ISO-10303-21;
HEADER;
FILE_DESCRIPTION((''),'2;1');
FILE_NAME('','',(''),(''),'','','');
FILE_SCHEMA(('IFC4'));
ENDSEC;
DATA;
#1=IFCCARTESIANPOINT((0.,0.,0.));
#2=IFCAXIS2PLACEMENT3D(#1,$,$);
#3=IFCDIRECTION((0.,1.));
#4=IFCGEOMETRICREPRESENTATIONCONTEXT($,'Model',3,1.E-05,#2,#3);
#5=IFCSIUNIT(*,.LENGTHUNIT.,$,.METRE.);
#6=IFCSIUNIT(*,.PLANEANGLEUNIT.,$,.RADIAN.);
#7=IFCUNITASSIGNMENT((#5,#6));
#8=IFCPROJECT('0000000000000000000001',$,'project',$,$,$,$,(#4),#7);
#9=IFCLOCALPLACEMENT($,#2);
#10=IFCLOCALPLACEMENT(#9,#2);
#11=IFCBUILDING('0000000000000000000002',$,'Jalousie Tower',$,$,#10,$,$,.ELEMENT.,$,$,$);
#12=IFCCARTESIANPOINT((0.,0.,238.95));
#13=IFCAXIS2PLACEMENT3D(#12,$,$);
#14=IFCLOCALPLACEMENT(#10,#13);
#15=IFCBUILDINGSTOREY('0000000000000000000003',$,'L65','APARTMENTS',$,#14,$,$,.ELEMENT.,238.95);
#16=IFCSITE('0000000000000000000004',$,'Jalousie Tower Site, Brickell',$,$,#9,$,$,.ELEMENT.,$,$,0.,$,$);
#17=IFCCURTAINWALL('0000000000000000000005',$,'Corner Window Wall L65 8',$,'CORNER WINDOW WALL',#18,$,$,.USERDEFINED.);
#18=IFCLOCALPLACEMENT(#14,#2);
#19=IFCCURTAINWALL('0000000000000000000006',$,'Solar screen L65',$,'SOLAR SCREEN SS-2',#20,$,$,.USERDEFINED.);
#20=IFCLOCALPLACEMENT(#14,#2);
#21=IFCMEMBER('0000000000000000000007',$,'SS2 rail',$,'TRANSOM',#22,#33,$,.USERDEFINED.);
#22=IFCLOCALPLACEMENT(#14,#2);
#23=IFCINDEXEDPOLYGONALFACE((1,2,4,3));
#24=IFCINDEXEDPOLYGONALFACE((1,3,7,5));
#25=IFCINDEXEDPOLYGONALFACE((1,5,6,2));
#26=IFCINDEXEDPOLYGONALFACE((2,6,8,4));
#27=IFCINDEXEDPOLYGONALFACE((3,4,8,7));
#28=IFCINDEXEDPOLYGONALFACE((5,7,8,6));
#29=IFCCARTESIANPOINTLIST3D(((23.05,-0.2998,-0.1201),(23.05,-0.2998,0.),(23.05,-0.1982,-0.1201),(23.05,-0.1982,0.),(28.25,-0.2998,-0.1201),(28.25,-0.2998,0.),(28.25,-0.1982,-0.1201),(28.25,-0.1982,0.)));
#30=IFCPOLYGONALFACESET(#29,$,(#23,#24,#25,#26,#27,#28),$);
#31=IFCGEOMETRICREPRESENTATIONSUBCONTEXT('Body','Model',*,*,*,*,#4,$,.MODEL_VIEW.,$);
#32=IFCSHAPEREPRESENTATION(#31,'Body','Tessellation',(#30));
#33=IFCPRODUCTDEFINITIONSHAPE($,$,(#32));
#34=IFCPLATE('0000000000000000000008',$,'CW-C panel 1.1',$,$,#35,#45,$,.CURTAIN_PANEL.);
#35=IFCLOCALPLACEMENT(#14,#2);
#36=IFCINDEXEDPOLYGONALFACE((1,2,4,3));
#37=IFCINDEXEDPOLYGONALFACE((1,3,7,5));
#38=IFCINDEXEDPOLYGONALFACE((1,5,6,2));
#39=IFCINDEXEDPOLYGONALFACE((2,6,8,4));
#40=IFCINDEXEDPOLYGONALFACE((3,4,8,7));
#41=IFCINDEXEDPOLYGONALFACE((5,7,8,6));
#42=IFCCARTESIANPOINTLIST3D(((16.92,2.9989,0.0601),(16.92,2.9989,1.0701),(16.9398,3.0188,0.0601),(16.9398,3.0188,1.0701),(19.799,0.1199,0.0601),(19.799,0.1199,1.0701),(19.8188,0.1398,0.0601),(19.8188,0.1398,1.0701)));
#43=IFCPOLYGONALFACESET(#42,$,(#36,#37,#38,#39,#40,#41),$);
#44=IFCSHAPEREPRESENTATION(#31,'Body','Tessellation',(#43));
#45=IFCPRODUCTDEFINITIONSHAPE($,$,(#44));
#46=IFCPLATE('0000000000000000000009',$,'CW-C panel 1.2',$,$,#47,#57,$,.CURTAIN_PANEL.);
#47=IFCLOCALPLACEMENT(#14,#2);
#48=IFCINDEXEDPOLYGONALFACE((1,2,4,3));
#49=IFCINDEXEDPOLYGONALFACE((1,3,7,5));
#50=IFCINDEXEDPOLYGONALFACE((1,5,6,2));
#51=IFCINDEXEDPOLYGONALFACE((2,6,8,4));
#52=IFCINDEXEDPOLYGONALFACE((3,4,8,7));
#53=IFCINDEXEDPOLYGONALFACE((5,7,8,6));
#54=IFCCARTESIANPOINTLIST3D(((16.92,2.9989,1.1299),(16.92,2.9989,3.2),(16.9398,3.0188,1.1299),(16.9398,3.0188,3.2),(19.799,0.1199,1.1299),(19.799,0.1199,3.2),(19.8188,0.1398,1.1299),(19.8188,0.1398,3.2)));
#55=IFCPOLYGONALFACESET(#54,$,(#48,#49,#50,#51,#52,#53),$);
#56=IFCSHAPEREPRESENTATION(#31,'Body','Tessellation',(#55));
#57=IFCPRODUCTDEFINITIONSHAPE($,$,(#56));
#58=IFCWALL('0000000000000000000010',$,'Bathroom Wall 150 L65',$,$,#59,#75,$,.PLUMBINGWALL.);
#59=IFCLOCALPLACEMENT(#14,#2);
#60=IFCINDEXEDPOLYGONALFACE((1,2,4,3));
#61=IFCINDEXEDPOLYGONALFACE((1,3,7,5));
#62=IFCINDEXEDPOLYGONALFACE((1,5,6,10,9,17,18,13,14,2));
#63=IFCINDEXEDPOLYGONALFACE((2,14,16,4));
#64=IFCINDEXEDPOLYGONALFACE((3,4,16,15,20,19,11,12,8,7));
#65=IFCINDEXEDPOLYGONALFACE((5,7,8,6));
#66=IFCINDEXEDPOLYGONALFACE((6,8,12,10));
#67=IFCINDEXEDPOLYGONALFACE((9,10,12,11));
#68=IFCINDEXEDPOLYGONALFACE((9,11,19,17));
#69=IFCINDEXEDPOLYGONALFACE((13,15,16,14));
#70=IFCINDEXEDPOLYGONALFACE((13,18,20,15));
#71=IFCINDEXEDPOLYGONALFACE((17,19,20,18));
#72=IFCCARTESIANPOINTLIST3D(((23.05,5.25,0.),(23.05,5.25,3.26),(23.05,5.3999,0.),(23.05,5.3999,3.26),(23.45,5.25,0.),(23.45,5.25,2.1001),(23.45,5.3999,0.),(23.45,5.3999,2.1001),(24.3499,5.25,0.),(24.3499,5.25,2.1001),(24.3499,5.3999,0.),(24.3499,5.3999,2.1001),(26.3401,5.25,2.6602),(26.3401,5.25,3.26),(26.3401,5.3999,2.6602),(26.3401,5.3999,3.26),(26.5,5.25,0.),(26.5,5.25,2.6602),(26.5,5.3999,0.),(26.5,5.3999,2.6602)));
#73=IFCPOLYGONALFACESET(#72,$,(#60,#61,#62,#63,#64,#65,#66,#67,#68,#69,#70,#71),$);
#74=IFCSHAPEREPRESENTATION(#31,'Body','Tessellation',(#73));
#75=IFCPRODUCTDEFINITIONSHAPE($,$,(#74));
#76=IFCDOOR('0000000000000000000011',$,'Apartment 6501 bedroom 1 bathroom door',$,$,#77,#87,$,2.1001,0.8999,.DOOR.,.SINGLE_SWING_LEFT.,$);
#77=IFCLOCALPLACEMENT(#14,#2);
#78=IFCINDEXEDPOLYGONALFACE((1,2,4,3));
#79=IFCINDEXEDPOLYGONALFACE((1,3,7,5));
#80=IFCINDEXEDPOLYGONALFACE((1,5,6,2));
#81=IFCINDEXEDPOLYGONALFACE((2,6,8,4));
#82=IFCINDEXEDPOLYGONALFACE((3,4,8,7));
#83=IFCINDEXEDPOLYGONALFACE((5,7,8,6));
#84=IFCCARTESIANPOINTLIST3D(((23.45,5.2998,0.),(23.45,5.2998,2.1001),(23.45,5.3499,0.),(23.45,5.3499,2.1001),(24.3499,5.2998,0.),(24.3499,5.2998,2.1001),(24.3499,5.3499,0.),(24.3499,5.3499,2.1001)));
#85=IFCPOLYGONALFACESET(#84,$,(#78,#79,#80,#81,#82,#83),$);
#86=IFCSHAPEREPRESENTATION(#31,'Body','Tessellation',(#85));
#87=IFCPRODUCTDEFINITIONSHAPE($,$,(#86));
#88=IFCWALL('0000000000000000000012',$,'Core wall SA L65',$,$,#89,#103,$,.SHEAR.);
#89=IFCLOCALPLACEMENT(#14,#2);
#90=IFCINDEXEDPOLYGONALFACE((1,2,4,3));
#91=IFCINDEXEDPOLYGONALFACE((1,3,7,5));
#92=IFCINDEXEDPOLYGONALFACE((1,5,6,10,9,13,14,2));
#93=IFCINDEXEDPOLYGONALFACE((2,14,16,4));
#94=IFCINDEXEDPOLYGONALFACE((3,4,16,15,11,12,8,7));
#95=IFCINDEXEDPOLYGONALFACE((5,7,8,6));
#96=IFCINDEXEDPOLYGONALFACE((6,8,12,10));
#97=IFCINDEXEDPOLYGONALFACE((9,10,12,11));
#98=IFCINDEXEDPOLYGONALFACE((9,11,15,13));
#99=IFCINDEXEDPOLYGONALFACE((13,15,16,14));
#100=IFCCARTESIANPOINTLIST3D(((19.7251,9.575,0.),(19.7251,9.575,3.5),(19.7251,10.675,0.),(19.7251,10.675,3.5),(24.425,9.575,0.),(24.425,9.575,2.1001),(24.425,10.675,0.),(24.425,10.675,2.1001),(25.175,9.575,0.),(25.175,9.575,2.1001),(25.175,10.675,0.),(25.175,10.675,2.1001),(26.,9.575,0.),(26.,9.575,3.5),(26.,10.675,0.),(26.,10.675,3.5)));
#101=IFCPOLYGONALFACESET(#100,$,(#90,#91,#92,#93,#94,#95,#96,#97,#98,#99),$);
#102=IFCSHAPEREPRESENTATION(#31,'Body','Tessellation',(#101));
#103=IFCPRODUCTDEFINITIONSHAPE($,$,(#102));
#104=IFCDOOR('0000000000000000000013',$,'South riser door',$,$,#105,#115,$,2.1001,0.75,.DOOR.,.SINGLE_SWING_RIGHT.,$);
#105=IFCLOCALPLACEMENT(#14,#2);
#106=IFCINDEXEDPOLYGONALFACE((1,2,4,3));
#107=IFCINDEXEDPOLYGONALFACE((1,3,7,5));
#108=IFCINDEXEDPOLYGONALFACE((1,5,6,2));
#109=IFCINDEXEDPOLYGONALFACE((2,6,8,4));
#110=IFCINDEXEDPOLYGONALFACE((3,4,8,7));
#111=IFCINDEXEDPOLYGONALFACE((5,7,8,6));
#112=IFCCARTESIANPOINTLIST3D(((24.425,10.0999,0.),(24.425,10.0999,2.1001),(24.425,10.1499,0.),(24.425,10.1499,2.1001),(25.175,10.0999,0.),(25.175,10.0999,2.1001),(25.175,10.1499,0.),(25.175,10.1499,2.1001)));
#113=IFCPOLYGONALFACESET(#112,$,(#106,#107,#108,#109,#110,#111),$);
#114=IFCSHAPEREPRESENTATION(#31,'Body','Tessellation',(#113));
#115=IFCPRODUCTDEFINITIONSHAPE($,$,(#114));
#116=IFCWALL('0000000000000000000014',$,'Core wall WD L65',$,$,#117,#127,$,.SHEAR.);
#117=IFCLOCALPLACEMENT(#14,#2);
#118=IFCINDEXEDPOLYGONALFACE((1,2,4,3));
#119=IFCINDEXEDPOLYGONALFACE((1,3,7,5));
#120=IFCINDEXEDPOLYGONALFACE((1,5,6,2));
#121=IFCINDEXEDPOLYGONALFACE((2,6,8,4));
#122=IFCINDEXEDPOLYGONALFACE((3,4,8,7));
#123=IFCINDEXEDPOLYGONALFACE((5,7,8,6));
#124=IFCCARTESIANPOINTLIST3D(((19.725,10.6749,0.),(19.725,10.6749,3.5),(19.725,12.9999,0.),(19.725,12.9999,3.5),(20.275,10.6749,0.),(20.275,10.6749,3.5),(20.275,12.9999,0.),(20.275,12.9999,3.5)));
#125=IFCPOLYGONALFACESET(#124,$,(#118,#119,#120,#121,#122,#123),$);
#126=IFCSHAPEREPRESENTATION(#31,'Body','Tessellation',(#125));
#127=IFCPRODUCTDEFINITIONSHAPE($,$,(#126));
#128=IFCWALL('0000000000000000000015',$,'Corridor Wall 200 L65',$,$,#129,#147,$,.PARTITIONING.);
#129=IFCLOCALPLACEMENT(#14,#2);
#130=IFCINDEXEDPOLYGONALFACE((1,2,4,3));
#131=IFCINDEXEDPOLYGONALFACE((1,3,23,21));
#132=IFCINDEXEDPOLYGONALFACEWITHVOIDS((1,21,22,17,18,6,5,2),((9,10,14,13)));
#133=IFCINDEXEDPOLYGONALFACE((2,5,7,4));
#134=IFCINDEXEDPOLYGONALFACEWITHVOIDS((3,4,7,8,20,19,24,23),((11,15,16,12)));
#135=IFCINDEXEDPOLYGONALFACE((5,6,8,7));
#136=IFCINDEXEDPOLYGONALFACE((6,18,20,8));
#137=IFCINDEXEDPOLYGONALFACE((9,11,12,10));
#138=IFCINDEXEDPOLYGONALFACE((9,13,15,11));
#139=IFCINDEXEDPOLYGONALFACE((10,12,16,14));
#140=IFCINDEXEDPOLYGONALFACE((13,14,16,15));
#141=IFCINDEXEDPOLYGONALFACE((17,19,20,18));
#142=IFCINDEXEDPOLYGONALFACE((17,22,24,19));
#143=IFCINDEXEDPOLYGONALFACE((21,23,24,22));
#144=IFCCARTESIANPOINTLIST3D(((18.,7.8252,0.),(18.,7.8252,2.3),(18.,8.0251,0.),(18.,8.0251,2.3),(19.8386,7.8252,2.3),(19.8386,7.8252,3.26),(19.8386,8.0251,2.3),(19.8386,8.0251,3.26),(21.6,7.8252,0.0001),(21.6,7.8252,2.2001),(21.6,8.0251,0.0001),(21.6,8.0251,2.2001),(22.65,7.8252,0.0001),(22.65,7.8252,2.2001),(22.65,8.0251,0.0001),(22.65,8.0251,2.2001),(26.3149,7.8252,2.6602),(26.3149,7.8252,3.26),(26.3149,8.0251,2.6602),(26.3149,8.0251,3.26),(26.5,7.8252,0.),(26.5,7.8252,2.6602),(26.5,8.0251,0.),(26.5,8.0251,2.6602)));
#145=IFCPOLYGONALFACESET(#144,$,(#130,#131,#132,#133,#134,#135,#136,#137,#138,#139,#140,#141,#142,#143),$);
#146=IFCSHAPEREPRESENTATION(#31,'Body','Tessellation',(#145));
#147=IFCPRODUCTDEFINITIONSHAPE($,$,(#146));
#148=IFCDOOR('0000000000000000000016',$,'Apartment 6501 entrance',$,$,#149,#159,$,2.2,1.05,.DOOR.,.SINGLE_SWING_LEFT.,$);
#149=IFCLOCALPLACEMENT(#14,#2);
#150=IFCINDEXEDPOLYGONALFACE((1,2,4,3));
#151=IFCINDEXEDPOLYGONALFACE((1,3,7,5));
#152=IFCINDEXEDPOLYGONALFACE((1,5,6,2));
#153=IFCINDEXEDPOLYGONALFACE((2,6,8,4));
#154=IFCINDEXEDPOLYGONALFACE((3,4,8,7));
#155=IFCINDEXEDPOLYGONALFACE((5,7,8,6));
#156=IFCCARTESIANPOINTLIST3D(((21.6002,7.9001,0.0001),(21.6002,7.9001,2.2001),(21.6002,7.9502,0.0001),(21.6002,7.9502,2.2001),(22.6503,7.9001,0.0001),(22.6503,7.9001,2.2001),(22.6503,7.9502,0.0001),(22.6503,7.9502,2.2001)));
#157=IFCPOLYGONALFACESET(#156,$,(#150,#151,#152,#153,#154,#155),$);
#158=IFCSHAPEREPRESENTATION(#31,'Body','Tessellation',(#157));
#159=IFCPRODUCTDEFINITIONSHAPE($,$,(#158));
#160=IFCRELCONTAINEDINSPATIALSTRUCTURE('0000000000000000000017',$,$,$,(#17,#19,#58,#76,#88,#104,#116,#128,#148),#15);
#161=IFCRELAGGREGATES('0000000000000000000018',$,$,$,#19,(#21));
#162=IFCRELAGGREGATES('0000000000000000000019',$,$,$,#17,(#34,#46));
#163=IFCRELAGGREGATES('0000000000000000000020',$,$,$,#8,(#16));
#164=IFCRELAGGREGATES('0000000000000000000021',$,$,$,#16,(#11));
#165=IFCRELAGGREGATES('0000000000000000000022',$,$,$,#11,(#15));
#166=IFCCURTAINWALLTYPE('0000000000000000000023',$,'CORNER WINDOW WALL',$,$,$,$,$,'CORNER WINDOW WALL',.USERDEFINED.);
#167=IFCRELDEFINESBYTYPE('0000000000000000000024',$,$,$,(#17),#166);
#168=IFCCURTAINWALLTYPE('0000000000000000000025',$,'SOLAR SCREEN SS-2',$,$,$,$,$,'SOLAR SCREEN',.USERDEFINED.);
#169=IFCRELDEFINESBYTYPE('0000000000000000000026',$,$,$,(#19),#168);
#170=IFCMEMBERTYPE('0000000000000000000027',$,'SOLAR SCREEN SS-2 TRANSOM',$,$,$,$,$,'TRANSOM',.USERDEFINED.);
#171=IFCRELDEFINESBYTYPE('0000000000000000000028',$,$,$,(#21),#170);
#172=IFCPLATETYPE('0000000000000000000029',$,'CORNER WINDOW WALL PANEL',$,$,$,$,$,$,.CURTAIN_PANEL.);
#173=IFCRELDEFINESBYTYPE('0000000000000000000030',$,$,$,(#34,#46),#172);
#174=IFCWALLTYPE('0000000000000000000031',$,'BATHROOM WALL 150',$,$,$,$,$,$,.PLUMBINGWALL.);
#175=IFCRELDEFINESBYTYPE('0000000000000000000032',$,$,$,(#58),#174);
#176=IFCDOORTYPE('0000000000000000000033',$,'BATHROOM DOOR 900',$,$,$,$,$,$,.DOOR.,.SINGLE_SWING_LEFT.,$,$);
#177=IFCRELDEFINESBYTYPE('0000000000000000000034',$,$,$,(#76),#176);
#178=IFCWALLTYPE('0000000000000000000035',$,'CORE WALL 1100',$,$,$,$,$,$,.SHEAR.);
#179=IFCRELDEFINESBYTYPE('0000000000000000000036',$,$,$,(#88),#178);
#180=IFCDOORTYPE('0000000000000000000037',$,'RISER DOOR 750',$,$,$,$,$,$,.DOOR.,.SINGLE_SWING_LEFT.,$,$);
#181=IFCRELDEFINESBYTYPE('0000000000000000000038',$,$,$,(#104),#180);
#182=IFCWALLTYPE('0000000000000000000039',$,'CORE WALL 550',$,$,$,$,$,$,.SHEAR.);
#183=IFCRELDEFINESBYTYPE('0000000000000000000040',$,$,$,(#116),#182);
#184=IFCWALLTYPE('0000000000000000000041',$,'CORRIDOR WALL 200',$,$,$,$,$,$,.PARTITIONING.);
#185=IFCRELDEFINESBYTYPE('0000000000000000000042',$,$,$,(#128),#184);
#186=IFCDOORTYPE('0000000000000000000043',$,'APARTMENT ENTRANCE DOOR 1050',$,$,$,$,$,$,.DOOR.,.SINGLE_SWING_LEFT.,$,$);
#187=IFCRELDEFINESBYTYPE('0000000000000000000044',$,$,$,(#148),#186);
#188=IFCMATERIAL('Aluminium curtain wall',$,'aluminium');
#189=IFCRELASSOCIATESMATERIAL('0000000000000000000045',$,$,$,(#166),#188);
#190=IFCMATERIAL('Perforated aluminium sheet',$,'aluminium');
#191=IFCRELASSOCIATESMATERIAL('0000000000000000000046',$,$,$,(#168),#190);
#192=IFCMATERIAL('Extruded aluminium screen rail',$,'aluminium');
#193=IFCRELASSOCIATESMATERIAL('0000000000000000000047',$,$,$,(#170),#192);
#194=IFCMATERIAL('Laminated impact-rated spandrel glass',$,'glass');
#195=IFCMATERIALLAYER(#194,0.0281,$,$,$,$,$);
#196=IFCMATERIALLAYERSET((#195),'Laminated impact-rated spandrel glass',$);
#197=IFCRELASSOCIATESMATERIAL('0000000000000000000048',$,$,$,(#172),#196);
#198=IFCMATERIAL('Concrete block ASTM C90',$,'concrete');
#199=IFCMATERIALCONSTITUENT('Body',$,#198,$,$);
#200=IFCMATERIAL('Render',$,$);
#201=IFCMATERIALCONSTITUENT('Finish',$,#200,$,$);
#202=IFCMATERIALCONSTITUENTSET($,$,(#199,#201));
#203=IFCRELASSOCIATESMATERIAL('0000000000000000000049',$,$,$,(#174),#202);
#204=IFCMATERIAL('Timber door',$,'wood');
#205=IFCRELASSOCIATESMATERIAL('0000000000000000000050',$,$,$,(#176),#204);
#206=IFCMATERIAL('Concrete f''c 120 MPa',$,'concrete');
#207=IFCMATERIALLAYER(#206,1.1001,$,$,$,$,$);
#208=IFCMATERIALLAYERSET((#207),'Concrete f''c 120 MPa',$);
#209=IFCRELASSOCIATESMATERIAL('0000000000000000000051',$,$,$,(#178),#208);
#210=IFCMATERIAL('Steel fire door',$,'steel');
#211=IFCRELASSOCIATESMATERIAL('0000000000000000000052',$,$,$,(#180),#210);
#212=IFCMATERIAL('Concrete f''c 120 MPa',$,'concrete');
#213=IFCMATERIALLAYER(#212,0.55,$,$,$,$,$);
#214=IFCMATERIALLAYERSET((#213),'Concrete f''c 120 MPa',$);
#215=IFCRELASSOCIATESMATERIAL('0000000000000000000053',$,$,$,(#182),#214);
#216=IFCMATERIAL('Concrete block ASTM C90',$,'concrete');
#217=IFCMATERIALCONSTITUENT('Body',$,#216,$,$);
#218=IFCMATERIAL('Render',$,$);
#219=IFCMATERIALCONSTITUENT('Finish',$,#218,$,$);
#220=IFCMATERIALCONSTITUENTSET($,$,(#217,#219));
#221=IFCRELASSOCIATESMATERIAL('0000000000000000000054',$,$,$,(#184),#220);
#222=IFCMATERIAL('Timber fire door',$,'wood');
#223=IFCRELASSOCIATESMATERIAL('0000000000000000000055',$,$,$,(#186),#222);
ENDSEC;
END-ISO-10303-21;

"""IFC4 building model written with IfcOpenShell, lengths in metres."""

from ifc_helpers import new_model, si_unit, direction, frame, frame_2d, origin, origin_2d, place, context, subcontext, project, spatial, polyline, rectangle, outline, extrude, material, layer, layer_set, constituent, constituent_set, material_profile, profile_set, type_object, element, fill, aggregate, save


model = new_model("IFC4")

# Units and contexts
model_context = context("Model", 3, precision=1e-05, world=origin(), true_north=direction((0.0, 1.0)))
body_context = subcontext(model_context, "Body", "Model", "MODEL_VIEW")
ifc_project = project(units=[si_unit("LENGTHUNIT", "METRE"), si_unit("PLANEANGLEUNIT", "RADIAN")], contexts=[model_context])

# Site, building, storey
site_placement = place(None, origin())
site = spatial("IfcSite", under=ifc_project, at=site_placement, Name="Jalousie Tower Site, Brickell", CompositionType="ELEMENT", RefElevation=0.0)
building_placement = place(site_placement, origin())
building = spatial("IfcBuilding", under=site, at=building_placement, Name="Jalousie Tower", CompositionType="ELEMENT")
storey_placement = place(building_placement, frame((0.0, 0.0, 238.95)))
storey = spatial("IfcBuildingStorey", under=building, at=storey_placement, Name="L65", Description="APARTMENTS", CompositionType="ELEMENT", Elevation=238.95)

# Curtain wall
ifc_material_1 = material(Name="Aluminium curtain wall", Category="aluminium")
curtain_wall_type_1 = type_object("IfcCurtainWallType", Name="CORNER WINDOW WALL", ElementType="CORNER WINDOW WALL", PredefinedType="USERDEFINED", material=ifc_material_1)
curtain_wall_1_placement = place(storey_placement, origin())
curtain_wall_1 = element("IfcCurtainWall", 1, at=curtain_wall_1_placement, inside=storey, type_object=curtain_wall_type_1, Name="Corner Window Wall L65 8", ObjectType="CORNER WINDOW WALL", PredefinedType="USERDEFINED")

# Curtain wall, member
ifc_material_2 = material(Name="Perforated aluminium sheet", Category="aluminium")
curtain_wall_type_2 = type_object("IfcCurtainWallType", Name="SOLAR SCREEN SS-2", ElementType="SOLAR SCREEN", PredefinedType="USERDEFINED", material=ifc_material_2)
curtain_wall_2_placement = place(storey_placement, origin())
curtain_wall_2 = element("IfcCurtainWall", 2, at=curtain_wall_2_placement, inside=storey, type_object=curtain_wall_type_2, Name="Solar screen L65", ObjectType="SOLAR SCREEN SS-2", PredefinedType="USERDEFINED")
ifc_material_3 = material(Name="Extruded aluminium screen rail", Category="aluminium")
ifc_material_profile_1 = material_profile(ifc_material_3, rectangle(XDim=0.1016, YDim=0.1201, at=origin_2d()), Name="RAIL 102x120")
ifc_profile_set_1 = profile_set([ifc_material_profile_1], Name="Extruded aluminium screen rail")
member_type_1 = type_object("IfcMemberType", Name="SOLAR SCREEN SS-2 TRANSOM", ElementType="TRANSOM", PredefinedType="USERDEFINED", material=ifc_profile_set_1)
member_1_placement = place(storey_placement, frame((23.05, -0.249, -0.0601), z_axis=(1.0, 0.0, 0.0), x_axis=(0.0, 1.0, 0.0)))
member_1 = element("IfcMember", 3, at=member_1_placement, type_object=member_type_1, Name="SS2 rail", ObjectType="TRANSOM", PredefinedType="USERDEFINED", context=body_context, shape_type="SweptSolid", body=[
    extrude(rectangle(XDim=0.1016, YDim=0.1201, at=origin_2d()), origin(), (0.0, 0.0, 1.0), 5.2),
])
aggregate(curtain_wall_2, [member_1])

# Plates
ifc_material_4 = material(Name="Laminated impact-rated spandrel glass", Category="glass")
ifc_layer_1 = layer(ifc_material_4, 0.0281)
ifc_layer_set_1 = layer_set([ifc_layer_1], Name="Laminated impact-rated spandrel glass")
plate_type = type_object("IfcPlateType", Name="CORNER WINDOW WALL PANEL", PredefinedType="CURTAIN_PANEL", material=ifc_layer_set_1)
plate_1_placement = place(storey_placement, frame((18.3694, 1.5693, 0.0601), z_axis=(0.0, 0.0, 1.0), x_axis=(0.707107, -0.707107, 0.0)))
plate_1 = element("IfcPlate", 4, at=plate_1_placement, type_object=plate_type, Name="CW-C panel 1.1", PredefinedType="CURTAIN_PANEL", context=body_context, shape_type="SweptSolid", body=[
    extrude(rectangle(XDim=4.0715, YDim=0.0281, at=origin_2d()), origin(), (0.0, 0.0, 1.0), 1.01),
])
plate_2_placement = place(storey_placement, frame((18.3694, 1.5693, 1.1299), z_axis=(0.0, 0.0, 1.0), x_axis=(0.707107, -0.707107, 0.0)))
plate_2 = element("IfcPlate", 5, at=plate_2_placement, type_object=plate_type, Name="CW-C panel 1.2", PredefinedType="CURTAIN_PANEL", context=body_context, shape_type="SweptSolid", body=[
    extrude(rectangle(XDim=4.0715, YDim=0.0281, at=origin_2d()), origin(), (0.0, 0.0, 1.0), 2.0701),
])
aggregate(curtain_wall_1, [plate_1, plate_2])

# Walls, openings, doors
ifc_material_5 = material(Name="Concrete block ASTM C90", Category="concrete")
ifc_constituent_1 = constituent(ifc_material_5, Name="Body")
ifc_material_6 = material(Name="Render")
ifc_constituent_2 = constituent(ifc_material_6, Name="Finish")
ifc_constituent_set_1 = constituent_set(constituents=[ifc_constituent_1, ifc_constituent_2])
wall_type_1 = type_object("IfcWallType", Name="BATHROOM WALL 150", PredefinedType="PLUMBINGWALL", material=ifc_constituent_set_1)
wall_1_placement = place(storey_placement, frame((23.05, 5.325, 0.0), z_axis=(0.0, 0.0, 1.0), x_axis=(1.0, 0.0, 0.0)))
wall_1 = element("IfcWall", 6, at=wall_1_placement, inside=storey, type_object=wall_type_1, Name="Bathroom Wall 150 L65", PredefinedType="PLUMBINGWALL", context=body_context, shape_type="SweptSolid", body=[
    extrude(outline(polyline([(0.0, 0.0), (3.45, 0.0), (3.45, 3.26), (3.45, 2.6602), (3.29, 2.6602), (3.29, 3.26), (0.0, 3.26), (0.0, 0.0)])), frame((0.0, 0.075, 0.0), z_axis=(0.0, -1.0, 0.0), x_axis=(1.0, 0.0, 0.0)), (0.0, 0.0, 1.0), 0.1499),
])
opening_1_placement = place(wall_1_placement, frame((0.3999, 0.0, 0.0)))
opening_1 = element("IfcOpeningElement", 7, at=opening_1_placement, cuts=wall_1, PredefinedType="OPENING", context=body_context, shape_type="SweptSolid", body=[
    extrude(rectangle(XDim=0.8999, YDim=2.1001, at=frame_2d((0.45, 1.05))), frame((0.0, 0.085, 0.0), z_axis=(0.0, -1.0, 0.0), x_axis=(1.0, 0.0, 0.0)), (0.0, 0.0, 1.0), 0.1699),
])
ifc_material_7 = material(Name="Timber door", Category="wood")
door_type_1 = type_object("IfcDoorType", Name="BATHROOM DOOR 900", OperationType="SINGLE_SWING_LEFT", PredefinedType="DOOR", material=ifc_material_7)
door_1_placement = place(opening_1_placement, origin())
door_1 = element("IfcDoor", 8, at=door_1_placement, inside=storey, type_object=door_type_1, Name="Apartment 6501 bedroom 1 bathroom door", OperationType="SINGLE_SWING_LEFT", OverallHeight=2.1001, OverallWidth=0.8999, PredefinedType="DOOR", context=body_context, shape_type="SweptSolid", body=[
    extrude(rectangle(XDim=0.8999, YDim=2.1001, at=frame_2d((0.45, 1.05))), frame((0.0, 0.0249, 0.0), z_axis=(0.0, -1.0, 0.0), x_axis=(1.0, 0.0, 0.0)), (0.0, 0.0, 1.0), 0.05),
])
fill(opening_1, door_1)
ifc_material_8 = material(Name="Concrete f'c 120 MPa", Category="concrete")
ifc_layer_2 = layer(ifc_material_8, 1.1001)
ifc_layer_set_2 = layer_set([ifc_layer_2], Name="Concrete f'c 120 MPa")
wall_type_2 = type_object("IfcWallType", Name="CORE WALL 1100", PredefinedType="SHEAR", material=ifc_layer_set_2)
wall_2_placement = place(storey_placement, frame((19.7251, 10.125, 0.0), z_axis=(0.0, 0.0, 1.0), x_axis=(1.0, 0.0, 0.0)))
wall_2 = element("IfcWall", 9, at=wall_2_placement, inside=storey, type_object=wall_type_2, Name="Core wall SA L65", PredefinedType="SHEAR", context=body_context, shape_type="SweptSolid", body=[
    extrude(rectangle(XDim=6.2749, YDim=1.1001, at=frame_2d((3.1375, 0.0))), origin(), (0.0, 0.0, 1.0), 3.5),
])
opening_2_placement = place(wall_2_placement, frame((4.7, 0.0, 0.0)))
opening_2 = element("IfcOpeningElement", 10, at=opening_2_placement, cuts=wall_2, PredefinedType="OPENING", context=body_context, shape_type="SweptSolid", body=[
    extrude(rectangle(XDim=0.75, YDim=2.1001, at=frame_2d((0.375, 1.05))), frame((0.0, 0.5601, 0.0), z_axis=(0.0, -1.0, 0.0), x_axis=(1.0, 0.0, 0.0)), (0.0, 0.0, 1.0), 1.1201),
])
ifc_material_9 = material(Name="Steel fire door", Category="steel")
door_type_2 = type_object("IfcDoorType", Name="RISER DOOR 750", OperationType="SINGLE_SWING_LEFT", PredefinedType="DOOR", material=ifc_material_9)
door_2_placement = place(opening_2_placement, origin())
door_2 = element("IfcDoor", 11, at=door_2_placement, inside=storey, type_object=door_type_2, Name="South riser door", OperationType="SINGLE_SWING_RIGHT", OverallHeight=2.1001, OverallWidth=0.75, PredefinedType="DOOR", context=body_context, shape_type="SweptSolid", body=[
    extrude(rectangle(XDim=0.75, YDim=2.1001, at=frame_2d((0.375, 1.05))), frame((0.0, 0.0249, 0.0), z_axis=(0.0, -1.0, 0.0), x_axis=(1.0, 0.0, 0.0)), (0.0, 0.0, 1.0), 0.05),
])
fill(opening_2, door_2)

# Wall
ifc_material_10 = material(Name="Concrete f'c 120 MPa", Category="concrete")
ifc_layer_3 = layer(ifc_material_10, 0.55)
ifc_layer_set_3 = layer_set([ifc_layer_3], Name="Concrete f'c 120 MPa")
wall_type_3 = type_object("IfcWallType", Name="CORE WALL 550", PredefinedType="SHEAR", material=ifc_layer_set_3)
wall_3_placement = place(storey_placement, frame((20.0, 13.0, 0.0), z_axis=(0.0, 0.0, 1.0), x_axis=(0.0, -1.0, 0.0)))
element("IfcWall", 12, at=wall_3_placement, inside=storey, type_object=wall_type_3, Name="Core wall WD L65", PredefinedType="SHEAR", context=body_context, shape_type="SweptSolid", body=[
    extrude(rectangle(XDim=2.325, YDim=0.55, at=frame_2d((1.1626, 0.0))), origin(), (0.0, 0.0, 1.0), 3.5),
])

# Wall, opening, door
ifc_material_11 = material(Name="Concrete block ASTM C90", Category="concrete")
ifc_constituent_3 = constituent(ifc_material_11, Name="Body")
ifc_material_12 = material(Name="Render")
ifc_constituent_4 = constituent(ifc_material_12, Name="Finish")
ifc_constituent_set_2 = constituent_set(constituents=[ifc_constituent_3, ifc_constituent_4])
wall_type_4 = type_object("IfcWallType", Name="CORRIDOR WALL 200", PredefinedType="PARTITIONING", material=ifc_constituent_set_2)
wall_4_placement = place(storey_placement, frame((18.0, 7.925, 0.0), z_axis=(0.0, 0.0, 1.0), x_axis=(1.0, 0.0, 0.0)))
wall_4 = element("IfcWall", 13, at=wall_4_placement, inside=storey, type_object=wall_type_4, Name="Corridor Wall 200 L65", PredefinedType="PARTITIONING", context=body_context, shape_type="SweptSolid", body=[
    extrude(outline(polyline([(0.0, 0.0), (8.5, 0.0), (8.5, 3.26), (8.5, 2.6602), (8.3149, 2.6602), (8.3149, 3.26), (1.8386, 3.26), (1.8386, 2.3), (0.0, 2.3), (0.0, 3.26), (0.0, 0.0)])), frame((0.0, 0.1001, 0.0), z_axis=(0.0, -1.0, 0.0), x_axis=(1.0, 0.0, 0.0)), (0.0, 0.0, 1.0), 0.2),
])
opening_3_placement = place(wall_4_placement, frame((3.6001, 0.0, 0.0)))
opening_3 = element("IfcOpeningElement", 14, at=opening_3_placement, cuts=wall_4, PredefinedType="OPENING", context=body_context, shape_type="SweptSolid", body=[
    extrude(rectangle(XDim=1.05, YDim=2.2, at=frame_2d((0.5249, 1.1001))), frame((0.0, 0.1099, 0.0), z_axis=(0.0, -1.0, 0.0), x_axis=(1.0, 0.0, 0.0)), (0.0, 0.0, 1.0), 0.22),
])
ifc_material_13 = material(Name="Timber fire door", Category="wood")
door_type_3 = type_object("IfcDoorType", Name="APARTMENT ENTRANCE DOOR 1050", OperationType="SINGLE_SWING_LEFT", PredefinedType="DOOR", material=ifc_material_13)
door_3_placement = place(opening_3_placement, frame((1.05, 0.0, 0.0), z_axis=(0.0, 0.0, 1.0), x_axis=(-1.0, 0.0, 0.0)))
door_3 = element("IfcDoor", 15, at=door_3_placement, inside=storey, type_object=door_type_3, Name="Apartment 6501 entrance", OperationType="SINGLE_SWING_LEFT", OverallHeight=2.2, OverallWidth=1.05, PredefinedType="DOOR", context=body_context, shape_type="SweptSolid", body=[
    extrude(rectangle(XDim=1.05, YDim=2.2, at=frame_2d((0.5249, 1.1001))), frame((0.0, 0.0249, 0.0), z_axis=(0.0, -1.0, 0.0), x_axis=(1.0, 0.0, 0.0)), (0.0, 0.0, 1.0), 0.05),
])
fill(opening_3, door_3)

save(model, "model.ifc")
